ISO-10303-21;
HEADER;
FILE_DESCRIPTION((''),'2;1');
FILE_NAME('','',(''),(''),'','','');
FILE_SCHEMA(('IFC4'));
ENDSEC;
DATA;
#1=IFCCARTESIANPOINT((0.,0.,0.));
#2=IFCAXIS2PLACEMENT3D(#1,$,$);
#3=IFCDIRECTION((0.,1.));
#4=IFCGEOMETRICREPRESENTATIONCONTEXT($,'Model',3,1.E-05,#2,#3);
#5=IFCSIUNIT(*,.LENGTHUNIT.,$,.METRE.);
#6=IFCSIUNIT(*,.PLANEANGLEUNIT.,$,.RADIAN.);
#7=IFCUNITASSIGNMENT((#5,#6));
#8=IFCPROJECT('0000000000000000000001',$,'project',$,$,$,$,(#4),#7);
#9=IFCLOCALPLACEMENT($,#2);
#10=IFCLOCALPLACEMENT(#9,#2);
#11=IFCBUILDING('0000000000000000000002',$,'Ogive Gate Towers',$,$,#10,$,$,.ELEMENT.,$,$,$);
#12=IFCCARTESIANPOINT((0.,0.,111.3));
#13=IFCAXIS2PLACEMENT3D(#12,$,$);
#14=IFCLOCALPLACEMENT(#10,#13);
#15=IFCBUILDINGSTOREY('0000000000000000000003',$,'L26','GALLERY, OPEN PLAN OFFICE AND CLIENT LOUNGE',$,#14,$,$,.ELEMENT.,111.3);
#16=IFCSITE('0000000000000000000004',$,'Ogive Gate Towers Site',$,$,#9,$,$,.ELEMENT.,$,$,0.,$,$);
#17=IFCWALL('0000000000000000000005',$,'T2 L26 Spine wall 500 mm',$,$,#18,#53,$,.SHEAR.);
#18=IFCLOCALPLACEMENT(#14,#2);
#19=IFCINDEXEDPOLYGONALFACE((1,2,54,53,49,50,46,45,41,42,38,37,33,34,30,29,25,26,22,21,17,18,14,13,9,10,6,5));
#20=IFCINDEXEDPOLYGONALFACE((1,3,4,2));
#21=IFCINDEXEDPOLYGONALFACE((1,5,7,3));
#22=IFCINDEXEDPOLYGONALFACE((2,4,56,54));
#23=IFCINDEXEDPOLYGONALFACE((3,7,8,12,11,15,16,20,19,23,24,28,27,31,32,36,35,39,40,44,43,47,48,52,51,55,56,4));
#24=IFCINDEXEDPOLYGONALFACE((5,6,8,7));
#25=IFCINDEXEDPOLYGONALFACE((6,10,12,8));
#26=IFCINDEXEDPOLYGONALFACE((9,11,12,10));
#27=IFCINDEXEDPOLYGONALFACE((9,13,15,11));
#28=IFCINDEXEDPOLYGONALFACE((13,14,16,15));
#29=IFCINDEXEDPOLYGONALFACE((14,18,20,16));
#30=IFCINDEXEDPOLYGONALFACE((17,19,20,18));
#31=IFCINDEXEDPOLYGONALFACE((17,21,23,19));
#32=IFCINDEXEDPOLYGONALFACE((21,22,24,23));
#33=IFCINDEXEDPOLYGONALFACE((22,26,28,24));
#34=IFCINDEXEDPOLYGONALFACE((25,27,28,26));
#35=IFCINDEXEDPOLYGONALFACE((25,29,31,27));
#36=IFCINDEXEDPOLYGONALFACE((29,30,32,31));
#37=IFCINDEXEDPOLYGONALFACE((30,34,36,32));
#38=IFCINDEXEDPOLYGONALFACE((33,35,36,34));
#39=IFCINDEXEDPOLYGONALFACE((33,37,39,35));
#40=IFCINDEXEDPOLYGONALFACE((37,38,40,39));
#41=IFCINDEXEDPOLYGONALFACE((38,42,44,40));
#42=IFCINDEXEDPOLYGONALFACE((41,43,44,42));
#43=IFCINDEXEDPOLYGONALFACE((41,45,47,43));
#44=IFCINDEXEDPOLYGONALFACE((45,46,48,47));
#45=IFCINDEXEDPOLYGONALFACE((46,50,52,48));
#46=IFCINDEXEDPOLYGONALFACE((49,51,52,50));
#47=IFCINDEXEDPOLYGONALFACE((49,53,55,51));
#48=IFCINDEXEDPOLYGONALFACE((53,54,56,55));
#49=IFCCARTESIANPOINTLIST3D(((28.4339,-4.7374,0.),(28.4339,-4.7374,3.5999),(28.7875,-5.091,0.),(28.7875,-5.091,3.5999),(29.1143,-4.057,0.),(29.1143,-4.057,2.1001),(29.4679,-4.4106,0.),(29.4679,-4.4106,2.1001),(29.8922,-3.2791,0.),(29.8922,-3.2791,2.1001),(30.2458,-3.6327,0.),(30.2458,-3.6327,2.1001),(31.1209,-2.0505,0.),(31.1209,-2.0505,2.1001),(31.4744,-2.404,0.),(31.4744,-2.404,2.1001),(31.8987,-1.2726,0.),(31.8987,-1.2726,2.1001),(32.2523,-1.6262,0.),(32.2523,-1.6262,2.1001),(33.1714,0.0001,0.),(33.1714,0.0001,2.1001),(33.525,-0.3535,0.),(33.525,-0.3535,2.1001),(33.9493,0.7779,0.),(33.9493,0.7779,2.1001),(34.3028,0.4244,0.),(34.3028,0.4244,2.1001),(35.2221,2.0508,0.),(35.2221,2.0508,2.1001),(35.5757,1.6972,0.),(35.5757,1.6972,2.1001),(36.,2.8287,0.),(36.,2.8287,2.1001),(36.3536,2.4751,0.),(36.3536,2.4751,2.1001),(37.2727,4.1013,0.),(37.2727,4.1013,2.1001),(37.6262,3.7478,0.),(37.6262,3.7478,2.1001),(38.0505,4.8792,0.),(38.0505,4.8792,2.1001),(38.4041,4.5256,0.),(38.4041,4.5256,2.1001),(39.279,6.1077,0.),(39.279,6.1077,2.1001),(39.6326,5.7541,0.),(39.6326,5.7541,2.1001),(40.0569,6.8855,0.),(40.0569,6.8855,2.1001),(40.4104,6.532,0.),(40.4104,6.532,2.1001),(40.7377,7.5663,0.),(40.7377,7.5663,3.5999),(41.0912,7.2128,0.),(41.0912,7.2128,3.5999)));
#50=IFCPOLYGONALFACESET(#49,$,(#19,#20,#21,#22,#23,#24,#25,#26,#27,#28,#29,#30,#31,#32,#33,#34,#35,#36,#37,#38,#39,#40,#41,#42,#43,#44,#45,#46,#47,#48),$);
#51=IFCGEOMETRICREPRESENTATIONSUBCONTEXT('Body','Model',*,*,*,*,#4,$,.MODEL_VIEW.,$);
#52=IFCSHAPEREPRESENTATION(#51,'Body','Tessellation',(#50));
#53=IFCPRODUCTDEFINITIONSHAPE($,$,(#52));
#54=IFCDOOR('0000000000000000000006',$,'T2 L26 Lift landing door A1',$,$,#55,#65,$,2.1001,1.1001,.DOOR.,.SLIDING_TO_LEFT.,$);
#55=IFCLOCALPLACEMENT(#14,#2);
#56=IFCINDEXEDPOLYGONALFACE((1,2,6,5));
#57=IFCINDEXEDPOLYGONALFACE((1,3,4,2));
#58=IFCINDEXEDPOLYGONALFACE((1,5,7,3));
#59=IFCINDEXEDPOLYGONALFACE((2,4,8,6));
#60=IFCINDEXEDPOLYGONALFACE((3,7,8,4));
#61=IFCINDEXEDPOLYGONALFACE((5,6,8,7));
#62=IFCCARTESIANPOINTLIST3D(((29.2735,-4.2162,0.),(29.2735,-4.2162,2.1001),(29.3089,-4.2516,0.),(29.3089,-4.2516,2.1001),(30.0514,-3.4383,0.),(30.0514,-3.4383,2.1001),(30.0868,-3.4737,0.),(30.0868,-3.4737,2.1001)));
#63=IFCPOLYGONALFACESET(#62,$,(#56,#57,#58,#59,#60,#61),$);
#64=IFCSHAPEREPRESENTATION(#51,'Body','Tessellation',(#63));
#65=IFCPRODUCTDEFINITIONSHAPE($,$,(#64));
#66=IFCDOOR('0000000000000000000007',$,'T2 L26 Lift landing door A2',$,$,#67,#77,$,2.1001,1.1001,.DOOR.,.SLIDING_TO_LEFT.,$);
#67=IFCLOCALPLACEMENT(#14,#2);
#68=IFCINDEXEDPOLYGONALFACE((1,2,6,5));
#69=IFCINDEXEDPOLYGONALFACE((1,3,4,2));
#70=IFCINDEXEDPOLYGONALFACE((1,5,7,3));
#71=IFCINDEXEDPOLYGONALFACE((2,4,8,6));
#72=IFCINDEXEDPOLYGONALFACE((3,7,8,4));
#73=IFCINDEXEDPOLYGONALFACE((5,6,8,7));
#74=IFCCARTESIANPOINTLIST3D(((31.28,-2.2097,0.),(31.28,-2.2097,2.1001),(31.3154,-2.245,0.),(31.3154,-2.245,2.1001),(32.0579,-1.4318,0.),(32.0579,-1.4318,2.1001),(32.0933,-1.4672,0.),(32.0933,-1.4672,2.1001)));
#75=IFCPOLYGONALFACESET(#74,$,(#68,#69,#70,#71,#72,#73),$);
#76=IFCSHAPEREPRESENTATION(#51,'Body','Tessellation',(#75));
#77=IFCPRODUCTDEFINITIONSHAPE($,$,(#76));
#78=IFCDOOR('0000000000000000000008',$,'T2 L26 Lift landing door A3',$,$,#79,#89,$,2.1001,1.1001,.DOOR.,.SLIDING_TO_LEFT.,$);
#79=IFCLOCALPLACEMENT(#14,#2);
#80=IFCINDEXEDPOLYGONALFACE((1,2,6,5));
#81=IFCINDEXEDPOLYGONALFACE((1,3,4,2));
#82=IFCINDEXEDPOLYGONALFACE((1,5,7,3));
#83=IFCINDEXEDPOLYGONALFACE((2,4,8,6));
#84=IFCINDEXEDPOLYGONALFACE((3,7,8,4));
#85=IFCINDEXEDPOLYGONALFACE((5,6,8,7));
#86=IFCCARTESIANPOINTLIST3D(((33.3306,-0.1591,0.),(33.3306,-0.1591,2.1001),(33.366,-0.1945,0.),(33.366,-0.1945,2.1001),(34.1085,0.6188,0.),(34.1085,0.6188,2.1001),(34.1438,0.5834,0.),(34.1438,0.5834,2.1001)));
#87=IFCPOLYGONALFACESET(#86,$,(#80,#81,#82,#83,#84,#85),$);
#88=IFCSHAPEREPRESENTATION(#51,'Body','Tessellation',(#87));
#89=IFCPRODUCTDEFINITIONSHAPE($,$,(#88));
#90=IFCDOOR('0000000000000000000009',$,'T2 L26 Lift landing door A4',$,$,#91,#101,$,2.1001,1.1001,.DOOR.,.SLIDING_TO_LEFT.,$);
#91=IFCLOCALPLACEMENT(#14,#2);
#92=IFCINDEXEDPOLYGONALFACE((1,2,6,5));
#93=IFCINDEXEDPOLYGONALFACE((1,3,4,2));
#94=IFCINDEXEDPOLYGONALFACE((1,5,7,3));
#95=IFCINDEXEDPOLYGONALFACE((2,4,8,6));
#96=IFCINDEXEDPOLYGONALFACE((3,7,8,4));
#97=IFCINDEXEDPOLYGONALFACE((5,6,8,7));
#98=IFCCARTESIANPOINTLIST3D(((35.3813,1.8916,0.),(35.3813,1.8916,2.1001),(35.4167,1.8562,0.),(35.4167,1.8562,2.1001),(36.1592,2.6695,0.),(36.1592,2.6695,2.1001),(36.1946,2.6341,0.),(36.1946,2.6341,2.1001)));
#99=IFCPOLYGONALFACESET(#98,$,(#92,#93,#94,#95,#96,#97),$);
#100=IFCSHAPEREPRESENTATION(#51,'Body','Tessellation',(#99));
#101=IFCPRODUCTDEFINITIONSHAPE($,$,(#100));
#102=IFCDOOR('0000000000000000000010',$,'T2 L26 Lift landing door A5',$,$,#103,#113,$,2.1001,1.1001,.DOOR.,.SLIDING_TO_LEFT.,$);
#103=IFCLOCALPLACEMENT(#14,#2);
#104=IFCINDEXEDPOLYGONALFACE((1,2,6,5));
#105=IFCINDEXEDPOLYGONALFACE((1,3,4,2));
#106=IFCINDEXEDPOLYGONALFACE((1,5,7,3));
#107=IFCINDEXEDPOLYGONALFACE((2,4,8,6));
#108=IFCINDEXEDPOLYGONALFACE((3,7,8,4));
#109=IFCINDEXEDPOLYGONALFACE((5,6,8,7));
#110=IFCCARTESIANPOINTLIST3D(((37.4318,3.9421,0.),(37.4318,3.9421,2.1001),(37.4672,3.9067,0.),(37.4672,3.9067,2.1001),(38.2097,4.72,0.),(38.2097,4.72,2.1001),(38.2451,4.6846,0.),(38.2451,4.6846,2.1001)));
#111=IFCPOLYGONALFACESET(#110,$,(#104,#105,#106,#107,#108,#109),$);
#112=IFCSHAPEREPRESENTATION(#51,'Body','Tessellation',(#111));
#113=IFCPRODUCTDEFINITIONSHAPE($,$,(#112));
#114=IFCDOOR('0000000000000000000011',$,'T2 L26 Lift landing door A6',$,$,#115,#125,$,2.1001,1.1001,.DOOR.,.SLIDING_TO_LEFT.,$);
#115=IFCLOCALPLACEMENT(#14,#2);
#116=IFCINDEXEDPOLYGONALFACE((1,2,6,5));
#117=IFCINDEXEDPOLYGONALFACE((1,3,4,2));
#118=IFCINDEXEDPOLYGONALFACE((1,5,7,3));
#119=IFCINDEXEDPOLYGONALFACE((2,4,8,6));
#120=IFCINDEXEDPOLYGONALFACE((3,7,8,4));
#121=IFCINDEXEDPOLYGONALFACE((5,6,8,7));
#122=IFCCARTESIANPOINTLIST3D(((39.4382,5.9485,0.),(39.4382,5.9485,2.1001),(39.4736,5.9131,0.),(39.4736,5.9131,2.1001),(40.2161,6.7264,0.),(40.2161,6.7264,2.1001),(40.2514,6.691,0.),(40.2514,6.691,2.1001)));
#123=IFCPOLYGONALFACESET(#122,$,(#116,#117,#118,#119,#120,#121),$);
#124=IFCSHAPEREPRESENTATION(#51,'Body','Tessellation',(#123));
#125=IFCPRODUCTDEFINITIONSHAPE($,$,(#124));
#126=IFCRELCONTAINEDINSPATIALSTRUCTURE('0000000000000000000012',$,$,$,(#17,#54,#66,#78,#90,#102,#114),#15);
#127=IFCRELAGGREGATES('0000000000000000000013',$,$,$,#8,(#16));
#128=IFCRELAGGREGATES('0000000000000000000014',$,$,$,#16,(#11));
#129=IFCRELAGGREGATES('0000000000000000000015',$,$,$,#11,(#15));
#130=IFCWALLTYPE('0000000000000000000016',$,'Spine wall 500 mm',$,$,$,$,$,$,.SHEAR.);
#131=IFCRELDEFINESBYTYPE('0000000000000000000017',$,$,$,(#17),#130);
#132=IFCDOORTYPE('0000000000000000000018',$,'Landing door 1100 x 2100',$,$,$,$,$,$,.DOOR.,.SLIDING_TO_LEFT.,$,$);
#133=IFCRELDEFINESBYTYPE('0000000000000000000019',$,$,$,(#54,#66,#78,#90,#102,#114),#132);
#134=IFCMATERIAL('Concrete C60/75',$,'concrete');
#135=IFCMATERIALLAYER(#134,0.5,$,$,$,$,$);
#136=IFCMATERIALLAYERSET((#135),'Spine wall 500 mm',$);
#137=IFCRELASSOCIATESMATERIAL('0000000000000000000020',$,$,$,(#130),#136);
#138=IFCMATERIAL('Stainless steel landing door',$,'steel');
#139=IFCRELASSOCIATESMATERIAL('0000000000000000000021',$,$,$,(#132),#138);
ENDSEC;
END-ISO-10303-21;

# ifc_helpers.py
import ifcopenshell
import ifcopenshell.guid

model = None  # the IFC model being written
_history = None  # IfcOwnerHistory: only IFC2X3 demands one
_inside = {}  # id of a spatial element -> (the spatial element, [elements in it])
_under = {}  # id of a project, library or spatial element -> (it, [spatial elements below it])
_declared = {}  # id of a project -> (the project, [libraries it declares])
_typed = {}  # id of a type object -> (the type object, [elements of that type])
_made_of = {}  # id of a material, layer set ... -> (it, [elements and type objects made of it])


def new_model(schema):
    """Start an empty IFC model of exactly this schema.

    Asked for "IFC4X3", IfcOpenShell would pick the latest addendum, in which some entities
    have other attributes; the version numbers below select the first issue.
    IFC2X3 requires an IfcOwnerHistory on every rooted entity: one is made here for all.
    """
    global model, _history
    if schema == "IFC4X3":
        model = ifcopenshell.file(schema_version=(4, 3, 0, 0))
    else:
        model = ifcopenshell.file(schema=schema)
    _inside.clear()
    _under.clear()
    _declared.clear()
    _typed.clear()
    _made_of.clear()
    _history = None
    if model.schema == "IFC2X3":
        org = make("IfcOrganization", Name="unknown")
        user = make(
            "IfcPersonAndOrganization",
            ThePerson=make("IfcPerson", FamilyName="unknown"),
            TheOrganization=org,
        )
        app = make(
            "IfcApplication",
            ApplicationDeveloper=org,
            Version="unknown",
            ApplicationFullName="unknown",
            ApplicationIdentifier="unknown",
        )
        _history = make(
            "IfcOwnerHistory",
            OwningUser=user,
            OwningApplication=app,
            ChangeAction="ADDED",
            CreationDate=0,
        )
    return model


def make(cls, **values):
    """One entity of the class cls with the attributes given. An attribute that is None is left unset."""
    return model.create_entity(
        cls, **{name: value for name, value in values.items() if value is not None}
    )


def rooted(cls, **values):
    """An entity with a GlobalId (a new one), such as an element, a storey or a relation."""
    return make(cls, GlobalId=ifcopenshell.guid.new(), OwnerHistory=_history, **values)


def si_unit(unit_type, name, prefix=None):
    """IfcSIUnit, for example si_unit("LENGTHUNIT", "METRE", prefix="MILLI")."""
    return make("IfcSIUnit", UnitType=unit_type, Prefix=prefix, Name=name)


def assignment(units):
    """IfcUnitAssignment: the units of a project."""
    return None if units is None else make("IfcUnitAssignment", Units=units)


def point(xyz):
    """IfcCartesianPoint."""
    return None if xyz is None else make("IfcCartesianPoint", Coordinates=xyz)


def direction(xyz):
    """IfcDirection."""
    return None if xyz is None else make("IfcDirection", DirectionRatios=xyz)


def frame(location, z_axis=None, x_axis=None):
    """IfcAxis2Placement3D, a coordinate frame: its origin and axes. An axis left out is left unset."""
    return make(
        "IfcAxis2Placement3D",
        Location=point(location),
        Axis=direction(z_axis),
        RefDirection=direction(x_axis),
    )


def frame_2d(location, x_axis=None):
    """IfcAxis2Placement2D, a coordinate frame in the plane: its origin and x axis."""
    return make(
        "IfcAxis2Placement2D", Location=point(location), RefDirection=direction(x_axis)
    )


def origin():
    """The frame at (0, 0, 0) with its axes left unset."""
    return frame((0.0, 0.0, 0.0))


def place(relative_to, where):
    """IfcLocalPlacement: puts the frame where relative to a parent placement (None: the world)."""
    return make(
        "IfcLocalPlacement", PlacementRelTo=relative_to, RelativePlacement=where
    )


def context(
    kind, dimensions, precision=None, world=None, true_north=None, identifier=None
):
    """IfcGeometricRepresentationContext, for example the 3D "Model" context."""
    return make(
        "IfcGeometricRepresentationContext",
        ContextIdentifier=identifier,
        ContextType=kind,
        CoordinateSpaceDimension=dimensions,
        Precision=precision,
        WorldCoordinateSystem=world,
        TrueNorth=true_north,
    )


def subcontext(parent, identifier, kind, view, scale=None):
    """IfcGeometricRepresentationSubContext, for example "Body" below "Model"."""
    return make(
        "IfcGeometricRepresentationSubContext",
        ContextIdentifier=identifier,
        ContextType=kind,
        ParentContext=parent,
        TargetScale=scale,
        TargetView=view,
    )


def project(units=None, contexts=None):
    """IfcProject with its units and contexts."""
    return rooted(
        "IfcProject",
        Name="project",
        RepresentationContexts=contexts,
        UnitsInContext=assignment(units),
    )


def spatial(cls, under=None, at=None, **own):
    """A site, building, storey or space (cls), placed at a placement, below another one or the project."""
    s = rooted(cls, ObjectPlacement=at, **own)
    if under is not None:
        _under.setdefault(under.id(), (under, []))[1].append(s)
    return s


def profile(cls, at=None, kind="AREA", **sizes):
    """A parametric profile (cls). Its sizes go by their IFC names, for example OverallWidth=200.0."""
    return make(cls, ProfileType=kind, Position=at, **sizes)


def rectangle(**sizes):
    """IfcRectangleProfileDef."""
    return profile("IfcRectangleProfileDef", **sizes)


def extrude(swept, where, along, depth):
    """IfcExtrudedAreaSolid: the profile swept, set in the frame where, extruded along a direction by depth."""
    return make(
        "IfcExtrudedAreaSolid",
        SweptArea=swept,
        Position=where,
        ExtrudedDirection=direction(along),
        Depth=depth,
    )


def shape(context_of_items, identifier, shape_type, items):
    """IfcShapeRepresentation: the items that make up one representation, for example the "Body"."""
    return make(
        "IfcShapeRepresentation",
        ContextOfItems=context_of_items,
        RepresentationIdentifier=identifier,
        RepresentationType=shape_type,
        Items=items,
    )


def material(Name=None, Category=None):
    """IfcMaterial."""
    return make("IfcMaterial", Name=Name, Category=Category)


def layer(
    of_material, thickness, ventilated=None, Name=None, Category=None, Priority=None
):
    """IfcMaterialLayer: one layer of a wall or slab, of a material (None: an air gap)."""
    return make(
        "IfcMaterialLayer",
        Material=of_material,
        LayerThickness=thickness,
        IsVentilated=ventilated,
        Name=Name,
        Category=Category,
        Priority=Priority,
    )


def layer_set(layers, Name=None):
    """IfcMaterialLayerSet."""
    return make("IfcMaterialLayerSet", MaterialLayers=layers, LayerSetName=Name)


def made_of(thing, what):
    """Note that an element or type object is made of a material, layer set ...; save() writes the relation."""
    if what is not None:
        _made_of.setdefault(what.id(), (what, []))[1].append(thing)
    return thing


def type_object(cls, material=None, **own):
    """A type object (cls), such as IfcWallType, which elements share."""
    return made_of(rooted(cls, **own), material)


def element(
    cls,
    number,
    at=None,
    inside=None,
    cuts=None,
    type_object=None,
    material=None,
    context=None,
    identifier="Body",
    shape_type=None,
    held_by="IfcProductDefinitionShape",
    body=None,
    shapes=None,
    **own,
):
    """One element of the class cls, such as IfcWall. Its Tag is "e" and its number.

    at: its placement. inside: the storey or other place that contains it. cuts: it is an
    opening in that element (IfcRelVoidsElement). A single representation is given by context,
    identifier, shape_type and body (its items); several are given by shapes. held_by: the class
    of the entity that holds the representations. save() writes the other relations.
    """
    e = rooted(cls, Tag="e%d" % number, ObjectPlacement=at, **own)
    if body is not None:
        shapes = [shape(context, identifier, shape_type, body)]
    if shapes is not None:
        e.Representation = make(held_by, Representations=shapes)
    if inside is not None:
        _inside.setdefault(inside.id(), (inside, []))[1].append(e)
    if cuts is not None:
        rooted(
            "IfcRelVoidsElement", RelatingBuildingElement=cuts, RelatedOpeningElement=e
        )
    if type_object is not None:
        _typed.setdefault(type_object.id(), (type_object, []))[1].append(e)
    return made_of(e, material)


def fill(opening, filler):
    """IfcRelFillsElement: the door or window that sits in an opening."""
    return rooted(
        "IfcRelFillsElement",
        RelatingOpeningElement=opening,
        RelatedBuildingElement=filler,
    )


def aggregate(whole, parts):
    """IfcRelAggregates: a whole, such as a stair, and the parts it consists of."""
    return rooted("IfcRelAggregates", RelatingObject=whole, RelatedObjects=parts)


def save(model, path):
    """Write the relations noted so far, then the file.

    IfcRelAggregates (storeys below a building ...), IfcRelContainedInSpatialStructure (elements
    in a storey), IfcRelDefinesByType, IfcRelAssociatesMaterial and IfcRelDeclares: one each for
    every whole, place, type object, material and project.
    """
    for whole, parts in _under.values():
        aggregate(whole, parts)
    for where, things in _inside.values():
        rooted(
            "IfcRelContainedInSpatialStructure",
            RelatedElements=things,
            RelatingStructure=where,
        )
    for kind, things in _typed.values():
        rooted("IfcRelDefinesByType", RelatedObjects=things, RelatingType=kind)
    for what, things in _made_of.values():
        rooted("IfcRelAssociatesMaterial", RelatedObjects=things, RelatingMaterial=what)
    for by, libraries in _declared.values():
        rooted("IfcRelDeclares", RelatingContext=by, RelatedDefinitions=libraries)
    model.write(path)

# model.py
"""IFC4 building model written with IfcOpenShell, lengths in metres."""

from ifc_helpers import new_model, si_unit, direction, frame, frame_2d, origin, place, context, subcontext, project, spatial, rectangle, extrude, material, layer, layer_set, type_object, element, fill, save


model = new_model("IFC4")

# Units and contexts
model_context = context("Model", 3, precision=1e-05, world=origin(), true_north=direction((0.0, 1.0)))
body_context = subcontext(model_context, "Body", "Model", "MODEL_VIEW")
ifc_project = project(units=[si_unit("LENGTHUNIT", "METRE"), si_unit("PLANEANGLEUNIT", "RADIAN")], contexts=[model_context])

# Site, building, storey
site_placement = place(None, origin())
site = spatial("IfcSite", under=ifc_project, at=site_placement, Name="Ogive Gate Towers Site", CompositionType="ELEMENT", RefElevation=0.0)
building_placement = place(site_placement, origin())
building = spatial("IfcBuilding", under=site, at=building_placement, Name="Ogive Gate Towers", CompositionType="ELEMENT")
storey_placement = place(building_placement, frame((0.0, 0.0, 111.3)))
storey = spatial("IfcBuildingStorey", under=building, at=storey_placement, Name="L26", Description="GALLERY, OPEN PLAN OFFICE AND CLIENT LOUNGE", CompositionType="ELEMENT", Elevation=111.3)

# Shared definitions
ifc_material_1 = material(Name="Concrete C60/75", Category="concrete")

# Wall, openings, doors
ifc_layer_1 = layer(ifc_material_1, 0.5)
ifc_layer_set_1 = layer_set([ifc_layer_1], Name="Spine wall 500 mm")
wall_type_1 = type_object("IfcWallType", Name="Spine wall 500 mm", PredefinedType="SHEAR", material=ifc_layer_set_1)
ifc_material_2 = material(Name="Stainless steel landing door", Category="steel")
wall_1_placement = place(storey_placement, frame((28.6106, -4.9143, 0.0), z_axis=(0.0, 0.0, 1.0), x_axis=(0.707107, 0.707107, 0.0)))
wall_1 = element("IfcWall", 1, at=wall_1_placement, inside=storey, type_object=wall_type_1, Name="T2 L26 Spine wall 500 mm", PredefinedType="SHEAR", context=body_context, shape_type="SweptSolid", body=[
    extrude(rectangle(XDim=17.4001, YDim=0.5, at=frame_2d((8.7002, 0.0))), origin(), (0.0, 0.0, 1.0), 3.5999),
])
opening_1_placement = place(wall_1_placement, frame((0.9624, 0.0, 0.0)))
opening_1 = element("IfcOpeningElement", 2, at=opening_1_placement, cuts=wall_1, PredefinedType="OPENING", context=body_context, shape_type="SweptSolid", body=[
    extrude(rectangle(XDim=1.1001, YDim=2.1001, at=frame_2d((0.55, 1.05))), frame((0.0, 0.26, 0.0), z_axis=(0.0, -1.0, 0.0), x_axis=(1.0, 0.0, 0.0)), (0.0, 0.0, 1.0), 0.52),
])
opening_2_placement = place(wall_1_placement, frame((3.8, 0.0, 0.0)))
opening_2 = element("IfcOpeningElement", 3, at=opening_2_placement, cuts=wall_1, PredefinedType="OPENING", context=body_context, shape_type="SweptSolid", body=[
    extrude(rectangle(XDim=1.1001, YDim=2.1001, at=frame_2d((0.55, 1.05))), frame((0.0, 0.26, 0.0), z_axis=(0.0, -1.0, 0.0), x_axis=(1.0, 0.0, 0.0)), (0.0, 0.0, 1.0), 0.52),
])
opening_3_placement = place(wall_1_placement, frame((6.7, 0.0, 0.0)))
opening_3 = element("IfcOpeningElement", 4, at=opening_3_placement, cuts=wall_1, PredefinedType="OPENING", context=body_context, shape_type="SweptSolid", body=[
    extrude(rectangle(XDim=1.1001, YDim=2.1001, at=frame_2d((0.55, 1.05))), frame((0.0, 0.26, 0.0), z_axis=(0.0, -1.0, 0.0), x_axis=(1.0, 0.0, 0.0)), (0.0, 0.0, 1.0), 0.52),
])
opening_4_placement = place(wall_1_placement, frame((9.6001, 0.0, 0.0)))
opening_4 = element("IfcOpeningElement", 5, at=opening_4_placement, cuts=wall_1, PredefinedType="OPENING", context=body_context, shape_type="SweptSolid", body=[
    extrude(rectangle(XDim=1.1001, YDim=2.1001, at=frame_2d((0.55, 1.05))), frame((0.0, 0.26, 0.0), z_axis=(0.0, -1.0, 0.0), x_axis=(1.0, 0.0, 0.0)), (0.0, 0.0, 1.0), 0.52),
])
opening_5_placement = place(wall_1_placement, frame((12.5, 0.0, 0.0)))
opening_5 = element("IfcOpeningElement", 6, at=opening_5_placement, cuts=wall_1, PredefinedType="OPENING", context=body_context, shape_type="SweptSolid", body=[
    extrude(rectangle(XDim=1.1001, YDim=2.1001, at=frame_2d((0.55, 1.05))), frame((0.0, 0.26, 0.0), z_axis=(0.0, -1.0, 0.0), x_axis=(1.0, 0.0, 0.0)), (0.0, 0.0, 1.0), 0.52),
])
opening_6_placement = place(wall_1_placement, frame((15.3374, 0.0, 0.0)))
opening_6 = element("IfcOpeningElement", 7, at=opening_6_placement, cuts=wall_1, PredefinedType="OPENING", context=body_context, shape_type="SweptSolid", body=[
    extrude(rectangle(XDim=1.1001, YDim=2.1001, at=frame_2d((0.55, 1.05))), frame((0.0, 0.26, 0.0), z_axis=(0.0, -1.0, 0.0), x_axis=(1.0, 0.0, 0.0)), (0.0, 0.0, 1.0), 0.52),
])
door_type_1 = type_object("IfcDoorType", Name="Landing door 1100 x 2100", OperationType="SLIDING_TO_LEFT", PredefinedType="DOOR", material=ifc_material_2)
door_1_placement = place(opening_1_placement, origin())
door_1 = element("IfcDoor", 8, at=door_1_placement, inside=storey, type_object=door_type_1, Name="T2 L26 Lift landing door A1", OperationType="SLIDING_TO_LEFT", OverallHeight=2.1001, OverallWidth=1.1001, PredefinedType="DOOR", context=body_context, shape_type="SweptSolid", body=[
    extrude(rectangle(XDim=1.1001, YDim=2.1001, at=frame_2d((0.55, 1.05))), frame((0.0, 0.0249, 0.0), z_axis=(0.0, -1.0, 0.0), x_axis=(1.0, 0.0, 0.0)), (0.0, 0.0, 1.0), 0.05),
])
fill(opening_1, door_1)
door_2_placement = place(opening_2_placement, origin())
door_2 = element("IfcDoor", 9, at=door_2_placement, inside=storey, type_object=door_type_1, Name="T2 L26 Lift landing door A2", OperationType="SLIDING_TO_LEFT", OverallHeight=2.1001, OverallWidth=1.1001, PredefinedType="DOOR", context=body_context, shape_type="SweptSolid", body=[
    extrude(rectangle(XDim=1.1001, YDim=2.1001, at=frame_2d((0.55, 1.05))), frame((0.0, 0.0249, 0.0), z_axis=(0.0, -1.0, 0.0), x_axis=(1.0, 0.0, 0.0)), (0.0, 0.0, 1.0), 0.05),
])
fill(opening_2, door_2)
door_3_placement = place(opening_3_placement, origin())
door_3 = element("IfcDoor", 10, at=door_3_placement, inside=storey, type_object=door_type_1, Name="T2 L26 Lift landing door A3", OperationType="SLIDING_TO_LEFT", OverallHeight=2.1001, OverallWidth=1.1001, PredefinedType="DOOR", context=body_context, shape_type="SweptSolid", body=[
    extrude(rectangle(XDim=1.1001, YDim=2.1001, at=frame_2d((0.55, 1.05))), frame((0.0, 0.0249, 0.0), z_axis=(0.0, -1.0, 0.0), x_axis=(1.0, 0.0, 0.0)), (0.0, 0.0, 1.0), 0.05),
])
fill(opening_3, door_3)
door_4_placement = place(opening_4_placement, origin())
door_4 = element("IfcDoor", 11, at=door_4_placement, inside=storey, type_object=door_type_1, Name="T2 L26 Lift landing door A4", OperationType="SLIDING_TO_LEFT", OverallHeight=2.1001, OverallWidth=1.1001, PredefinedType="DOOR", context=body_context, shape_type="SweptSolid", body=[
    extrude(rectangle(XDim=1.1001, YDim=2.1001, at=frame_2d((0.55, 1.05))), frame((0.0, 0.0249, 0.0), z_axis=(0.0, -1.0, 0.0), x_axis=(1.0, 0.0, 0.0)), (0.0, 0.0, 1.0), 0.05),
])
fill(opening_4, door_4)
door_5_placement = place(opening_5_placement, origin())
door_5 = element("IfcDoor", 12, at=door_5_placement, inside=storey, type_object=door_type_1, Name="T2 L26 Lift landing door A5", OperationType="SLIDING_TO_LEFT", OverallHeight=2.1001, OverallWidth=1.1001, PredefinedType="DOOR", context=body_context, shape_type="SweptSolid", body=[
    extrude(rectangle(XDim=1.1001, YDim=2.1001, at=frame_2d((0.55, 1.05))), frame((0.0, 0.0249, 0.0), z_axis=(0.0, -1.0, 0.0), x_axis=(1.0, 0.0, 0.0)), (0.0, 0.0, 1.0), 0.05),
])
fill(opening_5, door_5)
door_6_placement = place(opening_6_placement, origin())
door_6 = element("IfcDoor", 13, at=door_6_placement, inside=storey, type_object=door_type_1, Name="T2 L26 Lift landing door A6", OperationType="SLIDING_TO_LEFT", OverallHeight=2.1001, OverallWidth=1.1001, PredefinedType="DOOR", context=body_context, shape_type="SweptSolid", body=[
    extrude(rectangle(XDim=1.1001, YDim=2.1001, at=frame_2d((0.55, 1.05))), frame((0.0, 0.0249, 0.0), z_axis=(0.0, -1.0, 0.0), x_axis=(1.0, 0.0, 0.0)), (0.0, 0.0, 1.0), 0.05),
])
fill(opening_6, door_6)

save(model, "model.ifc")
